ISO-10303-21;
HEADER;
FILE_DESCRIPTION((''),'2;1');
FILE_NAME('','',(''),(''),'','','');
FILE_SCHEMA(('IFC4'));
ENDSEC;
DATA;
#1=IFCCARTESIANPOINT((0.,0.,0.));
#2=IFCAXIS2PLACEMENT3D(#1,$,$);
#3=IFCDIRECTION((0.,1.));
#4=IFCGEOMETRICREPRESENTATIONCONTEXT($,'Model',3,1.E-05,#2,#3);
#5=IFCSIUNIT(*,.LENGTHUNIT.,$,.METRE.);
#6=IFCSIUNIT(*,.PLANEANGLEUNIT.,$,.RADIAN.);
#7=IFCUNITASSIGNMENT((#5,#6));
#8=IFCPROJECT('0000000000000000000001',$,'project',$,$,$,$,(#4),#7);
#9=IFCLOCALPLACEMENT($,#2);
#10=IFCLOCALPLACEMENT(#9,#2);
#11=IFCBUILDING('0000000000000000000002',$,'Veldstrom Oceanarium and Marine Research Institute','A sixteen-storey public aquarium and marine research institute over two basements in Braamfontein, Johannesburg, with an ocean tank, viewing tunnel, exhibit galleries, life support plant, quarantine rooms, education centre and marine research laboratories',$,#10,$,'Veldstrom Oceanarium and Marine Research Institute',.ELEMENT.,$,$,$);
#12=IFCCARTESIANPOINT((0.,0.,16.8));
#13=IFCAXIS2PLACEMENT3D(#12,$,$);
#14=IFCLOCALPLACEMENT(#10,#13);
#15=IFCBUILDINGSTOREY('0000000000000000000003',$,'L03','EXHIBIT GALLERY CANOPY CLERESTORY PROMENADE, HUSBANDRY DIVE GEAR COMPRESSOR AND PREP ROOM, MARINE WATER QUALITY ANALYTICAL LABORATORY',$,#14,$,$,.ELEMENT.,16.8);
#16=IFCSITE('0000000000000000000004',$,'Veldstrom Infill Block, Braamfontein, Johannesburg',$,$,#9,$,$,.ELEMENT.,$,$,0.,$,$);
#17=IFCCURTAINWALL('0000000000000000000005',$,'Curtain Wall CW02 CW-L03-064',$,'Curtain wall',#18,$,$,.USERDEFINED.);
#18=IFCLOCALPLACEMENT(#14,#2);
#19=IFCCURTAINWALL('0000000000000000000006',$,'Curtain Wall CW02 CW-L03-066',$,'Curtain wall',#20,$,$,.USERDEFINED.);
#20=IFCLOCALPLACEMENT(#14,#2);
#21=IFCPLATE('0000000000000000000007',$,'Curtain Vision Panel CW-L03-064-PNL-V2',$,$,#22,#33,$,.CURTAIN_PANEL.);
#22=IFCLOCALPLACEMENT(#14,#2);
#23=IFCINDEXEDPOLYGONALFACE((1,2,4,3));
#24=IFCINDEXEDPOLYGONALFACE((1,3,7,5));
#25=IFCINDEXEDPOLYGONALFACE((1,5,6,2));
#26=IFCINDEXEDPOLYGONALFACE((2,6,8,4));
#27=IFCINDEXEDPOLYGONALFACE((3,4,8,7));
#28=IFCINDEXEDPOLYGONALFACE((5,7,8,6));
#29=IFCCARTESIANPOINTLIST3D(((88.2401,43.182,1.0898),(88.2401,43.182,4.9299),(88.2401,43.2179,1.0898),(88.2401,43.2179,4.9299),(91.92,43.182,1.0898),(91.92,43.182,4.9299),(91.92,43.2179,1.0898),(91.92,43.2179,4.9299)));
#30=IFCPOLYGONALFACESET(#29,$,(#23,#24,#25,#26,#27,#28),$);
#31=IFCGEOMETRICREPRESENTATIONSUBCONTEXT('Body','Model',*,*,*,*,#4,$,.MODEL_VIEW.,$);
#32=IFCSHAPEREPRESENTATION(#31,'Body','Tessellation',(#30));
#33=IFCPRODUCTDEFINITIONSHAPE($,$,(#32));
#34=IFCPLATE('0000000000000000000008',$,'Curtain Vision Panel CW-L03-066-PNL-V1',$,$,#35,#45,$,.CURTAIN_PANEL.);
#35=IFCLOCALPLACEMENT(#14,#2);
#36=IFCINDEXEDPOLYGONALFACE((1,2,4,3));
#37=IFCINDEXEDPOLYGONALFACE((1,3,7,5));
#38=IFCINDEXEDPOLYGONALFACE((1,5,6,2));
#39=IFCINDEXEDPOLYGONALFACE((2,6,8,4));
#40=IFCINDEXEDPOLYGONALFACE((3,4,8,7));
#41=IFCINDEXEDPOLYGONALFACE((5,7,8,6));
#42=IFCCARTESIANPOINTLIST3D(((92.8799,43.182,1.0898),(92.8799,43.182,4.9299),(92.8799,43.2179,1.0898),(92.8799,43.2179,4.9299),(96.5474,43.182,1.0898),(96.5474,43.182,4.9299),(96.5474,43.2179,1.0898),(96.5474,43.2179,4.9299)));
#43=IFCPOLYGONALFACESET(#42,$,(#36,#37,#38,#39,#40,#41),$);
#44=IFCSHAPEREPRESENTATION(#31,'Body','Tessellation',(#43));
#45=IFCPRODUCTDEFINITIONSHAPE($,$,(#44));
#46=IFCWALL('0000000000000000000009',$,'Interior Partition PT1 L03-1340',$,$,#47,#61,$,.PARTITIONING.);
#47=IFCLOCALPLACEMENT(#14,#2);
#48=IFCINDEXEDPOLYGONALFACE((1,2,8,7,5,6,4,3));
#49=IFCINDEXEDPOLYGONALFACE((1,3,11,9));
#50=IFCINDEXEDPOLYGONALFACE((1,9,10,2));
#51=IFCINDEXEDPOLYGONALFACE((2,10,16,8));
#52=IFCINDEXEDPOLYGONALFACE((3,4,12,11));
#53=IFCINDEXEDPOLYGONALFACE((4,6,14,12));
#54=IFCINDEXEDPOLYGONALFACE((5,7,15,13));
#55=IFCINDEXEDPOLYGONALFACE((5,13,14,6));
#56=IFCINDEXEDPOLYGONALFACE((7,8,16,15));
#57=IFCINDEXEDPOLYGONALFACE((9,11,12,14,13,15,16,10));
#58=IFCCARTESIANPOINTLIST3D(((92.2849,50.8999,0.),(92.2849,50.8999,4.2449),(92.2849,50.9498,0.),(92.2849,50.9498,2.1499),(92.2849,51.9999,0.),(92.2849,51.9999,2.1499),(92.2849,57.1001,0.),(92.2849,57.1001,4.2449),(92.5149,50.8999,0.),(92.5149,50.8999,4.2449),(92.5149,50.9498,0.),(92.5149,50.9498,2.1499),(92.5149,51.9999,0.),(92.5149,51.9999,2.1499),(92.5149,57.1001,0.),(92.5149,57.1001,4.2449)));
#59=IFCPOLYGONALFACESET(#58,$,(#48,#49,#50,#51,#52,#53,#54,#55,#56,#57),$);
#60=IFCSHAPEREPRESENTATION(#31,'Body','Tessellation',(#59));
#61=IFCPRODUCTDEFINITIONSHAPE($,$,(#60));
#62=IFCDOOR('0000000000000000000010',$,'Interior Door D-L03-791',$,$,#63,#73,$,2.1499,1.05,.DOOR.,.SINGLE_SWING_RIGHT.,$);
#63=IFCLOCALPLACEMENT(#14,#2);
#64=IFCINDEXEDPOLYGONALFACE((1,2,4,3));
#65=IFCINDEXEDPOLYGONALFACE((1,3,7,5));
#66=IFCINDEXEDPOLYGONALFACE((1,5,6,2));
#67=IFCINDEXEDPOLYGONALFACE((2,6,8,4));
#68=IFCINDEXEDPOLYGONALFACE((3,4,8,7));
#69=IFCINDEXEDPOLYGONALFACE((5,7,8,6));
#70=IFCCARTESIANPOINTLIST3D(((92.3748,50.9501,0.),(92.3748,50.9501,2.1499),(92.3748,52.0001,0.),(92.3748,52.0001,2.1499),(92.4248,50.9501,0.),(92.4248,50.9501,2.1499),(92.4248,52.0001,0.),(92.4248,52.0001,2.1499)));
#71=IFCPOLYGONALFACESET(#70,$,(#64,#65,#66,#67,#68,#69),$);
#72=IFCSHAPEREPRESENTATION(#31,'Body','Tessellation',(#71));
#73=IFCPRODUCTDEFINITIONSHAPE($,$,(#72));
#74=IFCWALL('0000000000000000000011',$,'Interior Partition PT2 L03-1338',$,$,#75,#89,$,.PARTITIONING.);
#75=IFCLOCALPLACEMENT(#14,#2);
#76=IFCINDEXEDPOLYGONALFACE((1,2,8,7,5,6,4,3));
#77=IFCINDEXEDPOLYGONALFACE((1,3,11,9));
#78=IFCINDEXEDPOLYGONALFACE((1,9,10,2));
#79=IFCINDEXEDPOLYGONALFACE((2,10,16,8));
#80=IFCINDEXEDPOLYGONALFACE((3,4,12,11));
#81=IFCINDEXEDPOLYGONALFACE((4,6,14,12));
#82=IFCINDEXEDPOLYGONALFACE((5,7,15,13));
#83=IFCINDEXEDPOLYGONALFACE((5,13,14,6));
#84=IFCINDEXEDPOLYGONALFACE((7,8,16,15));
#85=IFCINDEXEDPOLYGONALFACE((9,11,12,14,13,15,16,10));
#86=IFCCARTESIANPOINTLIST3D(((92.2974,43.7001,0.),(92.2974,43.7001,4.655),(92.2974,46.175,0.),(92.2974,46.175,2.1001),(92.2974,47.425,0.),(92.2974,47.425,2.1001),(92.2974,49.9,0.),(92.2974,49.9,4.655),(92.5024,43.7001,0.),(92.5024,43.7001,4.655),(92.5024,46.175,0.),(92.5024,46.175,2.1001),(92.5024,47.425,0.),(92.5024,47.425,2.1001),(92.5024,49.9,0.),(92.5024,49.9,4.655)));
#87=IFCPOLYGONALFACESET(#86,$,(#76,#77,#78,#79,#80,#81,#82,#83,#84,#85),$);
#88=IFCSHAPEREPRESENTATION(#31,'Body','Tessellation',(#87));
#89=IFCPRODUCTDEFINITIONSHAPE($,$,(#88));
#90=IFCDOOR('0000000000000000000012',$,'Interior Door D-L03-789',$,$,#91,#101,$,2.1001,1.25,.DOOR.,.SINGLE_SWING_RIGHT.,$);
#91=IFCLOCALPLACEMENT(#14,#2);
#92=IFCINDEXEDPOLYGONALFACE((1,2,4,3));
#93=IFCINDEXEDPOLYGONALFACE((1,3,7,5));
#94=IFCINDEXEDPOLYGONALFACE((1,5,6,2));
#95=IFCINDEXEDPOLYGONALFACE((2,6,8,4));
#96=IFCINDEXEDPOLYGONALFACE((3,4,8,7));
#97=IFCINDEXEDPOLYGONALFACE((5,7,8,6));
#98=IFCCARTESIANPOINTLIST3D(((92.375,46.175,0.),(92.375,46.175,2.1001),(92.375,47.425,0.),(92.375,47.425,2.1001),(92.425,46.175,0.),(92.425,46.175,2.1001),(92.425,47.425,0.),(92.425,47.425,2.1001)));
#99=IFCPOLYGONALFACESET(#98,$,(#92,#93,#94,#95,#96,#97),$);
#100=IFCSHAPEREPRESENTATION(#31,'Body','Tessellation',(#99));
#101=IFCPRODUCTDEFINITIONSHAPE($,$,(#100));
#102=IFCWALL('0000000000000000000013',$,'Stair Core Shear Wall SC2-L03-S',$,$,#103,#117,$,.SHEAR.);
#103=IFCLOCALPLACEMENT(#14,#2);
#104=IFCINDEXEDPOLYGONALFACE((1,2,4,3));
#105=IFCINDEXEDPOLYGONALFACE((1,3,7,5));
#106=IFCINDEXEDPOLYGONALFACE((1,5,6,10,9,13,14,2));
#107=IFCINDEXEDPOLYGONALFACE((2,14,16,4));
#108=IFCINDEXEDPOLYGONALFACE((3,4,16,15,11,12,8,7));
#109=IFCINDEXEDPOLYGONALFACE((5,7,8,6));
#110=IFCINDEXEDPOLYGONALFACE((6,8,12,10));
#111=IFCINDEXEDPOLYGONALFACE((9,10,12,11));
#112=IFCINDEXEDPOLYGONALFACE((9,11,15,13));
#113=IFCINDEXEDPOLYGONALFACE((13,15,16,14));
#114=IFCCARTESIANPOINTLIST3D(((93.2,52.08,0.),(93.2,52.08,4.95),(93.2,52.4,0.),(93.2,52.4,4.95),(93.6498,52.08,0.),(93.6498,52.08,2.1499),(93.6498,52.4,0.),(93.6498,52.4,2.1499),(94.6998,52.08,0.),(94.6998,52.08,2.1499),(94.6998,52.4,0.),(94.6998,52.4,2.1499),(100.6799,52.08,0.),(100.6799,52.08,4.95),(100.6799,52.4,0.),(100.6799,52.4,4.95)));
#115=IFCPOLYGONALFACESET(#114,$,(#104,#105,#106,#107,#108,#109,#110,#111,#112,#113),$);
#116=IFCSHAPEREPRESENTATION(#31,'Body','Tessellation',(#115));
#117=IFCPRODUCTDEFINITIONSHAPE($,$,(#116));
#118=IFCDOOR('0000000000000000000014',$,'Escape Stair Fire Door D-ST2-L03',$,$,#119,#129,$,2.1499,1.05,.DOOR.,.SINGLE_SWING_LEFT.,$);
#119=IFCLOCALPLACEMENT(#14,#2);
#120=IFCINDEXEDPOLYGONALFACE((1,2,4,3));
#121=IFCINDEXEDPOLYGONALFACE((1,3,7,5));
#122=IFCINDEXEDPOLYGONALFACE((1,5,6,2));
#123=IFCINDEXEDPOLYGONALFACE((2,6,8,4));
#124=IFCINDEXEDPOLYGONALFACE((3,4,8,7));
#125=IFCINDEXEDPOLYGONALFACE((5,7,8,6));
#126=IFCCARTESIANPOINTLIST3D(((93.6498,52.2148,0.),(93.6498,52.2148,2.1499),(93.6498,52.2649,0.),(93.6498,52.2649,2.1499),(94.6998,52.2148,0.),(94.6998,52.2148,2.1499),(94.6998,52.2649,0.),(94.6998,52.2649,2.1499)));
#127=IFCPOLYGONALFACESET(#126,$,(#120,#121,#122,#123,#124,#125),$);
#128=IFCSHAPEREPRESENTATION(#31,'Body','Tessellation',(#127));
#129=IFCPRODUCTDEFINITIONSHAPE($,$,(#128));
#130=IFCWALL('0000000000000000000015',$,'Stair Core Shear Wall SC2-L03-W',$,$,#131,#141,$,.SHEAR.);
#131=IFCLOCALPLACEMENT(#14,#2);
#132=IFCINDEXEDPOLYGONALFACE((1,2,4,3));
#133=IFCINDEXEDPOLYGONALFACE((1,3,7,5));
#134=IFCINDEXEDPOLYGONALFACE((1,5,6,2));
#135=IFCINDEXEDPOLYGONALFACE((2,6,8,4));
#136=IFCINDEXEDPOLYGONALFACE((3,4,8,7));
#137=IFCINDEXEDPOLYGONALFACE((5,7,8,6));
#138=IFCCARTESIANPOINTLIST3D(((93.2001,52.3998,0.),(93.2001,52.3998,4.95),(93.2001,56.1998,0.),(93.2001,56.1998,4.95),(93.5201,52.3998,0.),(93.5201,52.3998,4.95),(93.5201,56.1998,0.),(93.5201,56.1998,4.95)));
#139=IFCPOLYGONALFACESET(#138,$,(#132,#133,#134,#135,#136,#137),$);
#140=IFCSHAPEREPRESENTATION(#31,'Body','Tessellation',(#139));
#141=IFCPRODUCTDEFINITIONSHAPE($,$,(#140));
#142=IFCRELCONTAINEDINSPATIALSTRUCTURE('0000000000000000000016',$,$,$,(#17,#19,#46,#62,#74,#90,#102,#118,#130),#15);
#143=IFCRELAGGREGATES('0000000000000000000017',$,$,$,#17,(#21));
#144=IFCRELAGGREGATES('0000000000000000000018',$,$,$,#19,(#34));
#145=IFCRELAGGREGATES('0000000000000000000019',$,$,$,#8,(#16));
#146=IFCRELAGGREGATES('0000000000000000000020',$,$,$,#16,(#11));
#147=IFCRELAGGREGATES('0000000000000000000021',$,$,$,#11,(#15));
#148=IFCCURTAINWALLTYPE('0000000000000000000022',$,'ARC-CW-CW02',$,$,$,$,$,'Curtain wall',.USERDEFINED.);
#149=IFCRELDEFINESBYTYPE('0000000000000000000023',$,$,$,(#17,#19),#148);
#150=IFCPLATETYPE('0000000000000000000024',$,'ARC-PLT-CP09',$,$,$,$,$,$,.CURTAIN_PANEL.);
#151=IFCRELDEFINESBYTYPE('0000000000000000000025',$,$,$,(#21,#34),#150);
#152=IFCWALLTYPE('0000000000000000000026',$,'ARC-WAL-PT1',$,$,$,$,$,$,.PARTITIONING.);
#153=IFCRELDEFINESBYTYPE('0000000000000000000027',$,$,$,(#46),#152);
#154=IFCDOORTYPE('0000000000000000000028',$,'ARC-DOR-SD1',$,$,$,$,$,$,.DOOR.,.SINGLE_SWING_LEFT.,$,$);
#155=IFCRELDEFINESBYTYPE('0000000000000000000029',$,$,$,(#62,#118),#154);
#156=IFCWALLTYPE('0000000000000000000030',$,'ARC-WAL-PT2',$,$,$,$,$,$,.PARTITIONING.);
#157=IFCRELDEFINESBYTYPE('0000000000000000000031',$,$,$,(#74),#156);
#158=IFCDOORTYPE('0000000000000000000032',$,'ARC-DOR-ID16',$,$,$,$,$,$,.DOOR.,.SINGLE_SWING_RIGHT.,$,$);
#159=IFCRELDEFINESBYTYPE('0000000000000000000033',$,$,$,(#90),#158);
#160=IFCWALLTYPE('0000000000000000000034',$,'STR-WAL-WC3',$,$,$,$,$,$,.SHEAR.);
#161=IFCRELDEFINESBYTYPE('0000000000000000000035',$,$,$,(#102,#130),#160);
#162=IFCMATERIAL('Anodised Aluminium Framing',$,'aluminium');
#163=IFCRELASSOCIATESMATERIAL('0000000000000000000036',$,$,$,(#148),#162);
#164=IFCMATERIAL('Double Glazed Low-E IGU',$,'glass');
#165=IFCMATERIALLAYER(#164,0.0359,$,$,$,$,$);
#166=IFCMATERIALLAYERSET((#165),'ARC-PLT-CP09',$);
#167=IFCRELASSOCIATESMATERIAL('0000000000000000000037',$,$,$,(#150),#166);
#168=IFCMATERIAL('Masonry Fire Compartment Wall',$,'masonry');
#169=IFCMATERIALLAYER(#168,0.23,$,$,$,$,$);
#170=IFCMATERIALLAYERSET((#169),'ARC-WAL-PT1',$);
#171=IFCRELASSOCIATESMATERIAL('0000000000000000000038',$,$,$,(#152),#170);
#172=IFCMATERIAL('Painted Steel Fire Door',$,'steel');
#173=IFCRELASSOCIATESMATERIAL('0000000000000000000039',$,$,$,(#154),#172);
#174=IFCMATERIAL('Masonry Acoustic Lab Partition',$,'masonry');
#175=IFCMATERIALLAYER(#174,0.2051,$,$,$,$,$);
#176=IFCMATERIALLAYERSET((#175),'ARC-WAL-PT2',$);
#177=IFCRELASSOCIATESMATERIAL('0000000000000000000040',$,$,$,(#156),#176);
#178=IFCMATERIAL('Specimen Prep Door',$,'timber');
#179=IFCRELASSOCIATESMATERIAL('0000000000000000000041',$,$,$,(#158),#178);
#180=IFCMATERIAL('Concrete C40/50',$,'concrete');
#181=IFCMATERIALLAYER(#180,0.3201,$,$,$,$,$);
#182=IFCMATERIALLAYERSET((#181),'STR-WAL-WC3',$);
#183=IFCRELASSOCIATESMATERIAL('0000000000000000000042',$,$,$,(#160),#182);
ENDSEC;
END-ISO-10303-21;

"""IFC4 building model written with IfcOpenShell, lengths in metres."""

from ifc_helpers import new_model, si_unit, direction, frame, frame_2d, origin, origin_2d, place, context, subcontext, project, spatial, rectangle, extrude, material, layer, layer_set, type_object, element, fill, aggregate, save


model = new_model("IFC4")

# Units and contexts
model_context = context("Model", 3, precision=1e-05, world=origin(), true_north=direction((0.0, 1.0)))
body_context = subcontext(model_context, "Body", "Model", "MODEL_VIEW")
ifc_project = project(units=[si_unit("LENGTHUNIT", "METRE"), si_unit("PLANEANGLEUNIT", "RADIAN")], contexts=[model_context])

# Site, building, storey
site_placement = place(None, origin())
site = spatial("IfcSite", under=ifc_project, at=site_placement, Name="Veldstrom Infill Block, Braamfontein, Johannesburg", CompositionType="ELEMENT", RefElevation=0.0)
building_placement = place(site_placement, origin())
building = spatial("IfcBuilding", under=site, at=building_placement, Name="Veldstrom Oceanarium and Marine Research Institute", Description="A sixteen-storey public aquarium and marine research institute over two basements in Braamfontein, Johannesburg, with an ocean tank, viewing tunnel, exhibit galleries, life support plant, quarantine rooms, education centre and marine research laboratories", LongName="Veldstrom Oceanarium and Marine Research Institute", CompositionType="ELEMENT")
storey_placement = place(building_placement, frame((0.0, 0.0, 16.8)))
storey = spatial("IfcBuildingStorey", under=building, at=storey_placement, Name="L03", Description="EXHIBIT GALLERY CANOPY CLERESTORY PROMENADE, HUSBANDRY DIVE GEAR COMPRESSOR AND PREP ROOM, MARINE WATER QUALITY ANALYTICAL LABORATORY", CompositionType="ELEMENT", Elevation=16.8)

# Curtain wall
ifc_material_1 = material(Name="Anodised Aluminium Framing", Category="aluminium")
curtain_wall_type = type_object("IfcCurtainWallType", Name="ARC-CW-CW02", ElementType="Curtain wall", PredefinedType="USERDEFINED", material=ifc_material_1)
curtain_wall_1_placement = place(storey_placement, origin())
curtain_wall_1 = element("IfcCurtainWall", 1, at=curtain_wall_1_placement, inside=storey, type_object=curtain_wall_type, Name="Curtain Wall CW02 CW-L03-064", ObjectType="Curtain wall", PredefinedType="USERDEFINED")

# Curtain wall
curtain_wall_2_placement = place(storey_placement, origin())
curtain_wall_2 = element("IfcCurtainWall", 2, at=curtain_wall_2_placement, inside=storey, type_object=curtain_wall_type, Name="Curtain Wall CW02 CW-L03-066", ObjectType="Curtain wall", PredefinedType="USERDEFINED")

# Plates
ifc_material_2 = material(Name="Double Glazed Low-E IGU", Category="glass")
ifc_layer_1 = layer(ifc_material_2, 0.0359)
ifc_layer_set_1 = layer_set([ifc_layer_1], Name="ARC-PLT-CP09")
plate_type_1 = type_object("IfcPlateType", Name="ARC-PLT-CP09", PredefinedType="CURTAIN_PANEL", material=ifc_layer_set_1)
plate_1_placement = place(storey_placement, frame((90.0801, 43.2, 1.0898), z_axis=(0.0, 0.0, 1.0), x_axis=(1.0, 0.0, 0.0)))
plate_1 = element("IfcPlate", 3, at=plate_1_placement, type_object=plate_type_1, Name="Curtain Vision Panel CW-L03-064-PNL-V2", PredefinedType="CURTAIN_PANEL", context=body_context, shape_type="SweptSolid", body=[
    extrude(rectangle(XDim=3.6799, YDim=0.0359, at=origin_2d()), origin(), (0.0, 0.0, 1.0), 3.8401),
])
aggregate(curtain_wall_1, [plate_1])
plate_2_placement = place(storey_placement, frame((94.7136, 43.2, 1.0898), z_axis=(0.0, 0.0, 1.0), x_axis=(1.0, 0.0, 0.0)))
plate_2 = element("IfcPlate", 4, at=plate_2_placement, type_object=plate_type_1, Name="Curtain Vision Panel CW-L03-066-PNL-V1", PredefinedType="CURTAIN_PANEL", context=body_context, shape_type="SweptSolid", body=[
    extrude(rectangle(XDim=3.6675, YDim=0.0359, at=origin_2d()), origin(), (0.0, 0.0, 1.0), 3.8401),
])
aggregate(curtain_wall_2, [plate_2])

# Walls, openings, doors
ifc_material_3 = material(Name="Masonry Fire Compartment Wall", Category="masonry")
ifc_layer_2 = layer(ifc_material_3, 0.23)
ifc_layer_set_2 = layer_set([ifc_layer_2], Name="ARC-WAL-PT1")
wall_type_1 = type_object("IfcWallType", Name="ARC-WAL-PT1", PredefinedType="PARTITIONING", material=ifc_layer_set_2)
wall_1_placement = place(storey_placement, frame((92.3999, 50.8999, 0.0), z_axis=(0.0, 0.0, 1.0), x_axis=(0.0, 1.0, 0.0)))
wall_1 = element("IfcWall", 5, at=wall_1_placement, inside=storey, type_object=wall_type_1, Name="Interior Partition PT1 L03-1340", PredefinedType="PARTITIONING", context=body_context, shape_type="SweptSolid", body=[
    extrude(rectangle(XDim=6.2002, YDim=0.23, at=frame_2d((3.1001, 0.0))), origin(), (0.0, 0.0, 1.0), 4.2449),
])
opening_1_placement = place(wall_1_placement, frame((0.05, 0.0, 0.0)))
opening_1 = element("IfcOpeningElement", 6, at=opening_1_placement, cuts=wall_1, PredefinedType="OPENING", context=body_context, shape_type="SweptSolid", body=[
    extrude(rectangle(XDim=1.05, YDim=2.1499, at=frame_2d((0.5249, 1.075))), frame((0.0, 0.125, 0.0), z_axis=(0.0, -1.0, 0.0), x_axis=(1.0, 0.0, 0.0)), (0.0, 0.0, 1.0), 0.25),
])
ifc_material_4 = material(Name="Painted Steel Fire Door", Category="steel")
door_type_1 = type_object("IfcDoorType", Name="ARC-DOR-SD1", OperationType="SINGLE_SWING_LEFT", PredefinedType="DOOR", material=ifc_material_4)
door_1_placement = place(opening_1_placement, frame((1.05, 0.0, 0.0), z_axis=(0.0, 0.0, 1.0), x_axis=(-1.0, 0.0, 0.0)))
door_1 = element("IfcDoor", 7, at=door_1_placement, inside=storey, type_object=door_type_1, Name="Interior Door D-L03-791", OperationType="SINGLE_SWING_RIGHT", OverallHeight=2.1499, OverallWidth=1.05, PredefinedType="DOOR", context=body_context, shape_type="SweptSolid", body=[
    extrude(rectangle(XDim=1.05, YDim=2.1499, at=frame_2d((0.5249, 1.075))), frame((0.0, 0.0249, 0.0), z_axis=(0.0, -1.0, 0.0), x_axis=(1.0, 0.0, 0.0)), (0.0, 0.0, 1.0), 0.05),
])
fill(opening_1, door_1)
ifc_material_5 = material(Name="Masonry Acoustic Lab Partition", Category="masonry")
ifc_layer_3 = layer(ifc_material_5, 0.2051)
ifc_layer_set_3 = layer_set([ifc_layer_3], Name="ARC-WAL-PT2")
wall_type_2 = type_object("IfcWallType", Name="ARC-WAL-PT2", PredefinedType="PARTITIONING", material=ifc_layer_set_3)
wall_2_placement = place(storey_placement, frame((92.3999, 43.7, 0.0), z_axis=(0.0, 0.0, 1.0), x_axis=(0.0, 1.0, 0.0)))
wall_2 = element("IfcWall", 8, at=wall_2_placement, inside=storey, type_object=wall_type_2, Name="Interior Partition PT2 L03-1338", PredefinedType="PARTITIONING", context=body_context, shape_type="SweptSolid", body=[
    extrude(rectangle(XDim=6.2, YDim=0.2051, at=frame_2d((3.1001, 0.0))), origin(), (0.0, 0.0, 1.0), 4.655),
])
opening_2_placement = place(wall_2_placement, frame((2.4751, 0.0, 0.0)))
opening_2 = element("IfcOpeningElement", 9, at=opening_2_placement, cuts=wall_2, PredefinedType="OPENING", context=body_context, shape_type="SweptSolid", body=[
    extrude(rectangle(XDim=1.25, YDim=2.1001, at=frame_2d((0.625, 1.05))), frame((0.0, 0.1125, 0.0), z_axis=(0.0, -1.0, 0.0), x_axis=(1.0, 0.0, 0.0)), (0.0, 0.0, 1.0), 0.2251),
])
ifc_material_6 = material(Name="Specimen Prep Door", Category="timber")
door_type_2 = type_object("IfcDoorType", Name="ARC-DOR-ID16", OperationType="SINGLE_SWING_RIGHT", PredefinedType="DOOR", material=ifc_material_6)
door_2_placement = place(opening_2_placement, origin())
door_2 = element("IfcDoor", 10, at=door_2_placement, inside=storey, type_object=door_type_2, Name="Interior Door D-L03-789", OperationType="SINGLE_SWING_RIGHT", OverallHeight=2.1001, OverallWidth=1.25, PredefinedType="DOOR", context=body_context, shape_type="SweptSolid", body=[
    extrude(rectangle(XDim=1.25, YDim=2.1001, at=frame_2d((0.625, 1.05))), frame((0.0, 0.0249, 0.0), z_axis=(0.0, -1.0, 0.0), x_axis=(1.0, 0.0, 0.0)), (0.0, 0.0, 1.0), 0.05),
])
fill(opening_2, door_2)
ifc_material_7 = material(Name="Concrete C40/50", Category="concrete")
ifc_layer_4 = layer(ifc_material_7, 0.3201)
ifc_layer_set_4 = layer_set([ifc_layer_4], Name="STR-WAL-WC3")
wall_type_3 = type_object("IfcWallType", Name="STR-WAL-WC3", PredefinedType="SHEAR", material=ifc_layer_set_4)
wall_3_placement = place(storey_placement, frame((93.2, 52.24, 0.0), z_axis=(0.0, 0.0, 1.0), x_axis=(1.0, 0.0, 0.0)))
wall_3 = element("IfcWall", 11, at=wall_3_placement, inside=storey, type_object=wall_type_3, Name="Stair Core Shear Wall SC2-L03-S", PredefinedType="SHEAR", context=body_context, shape_type="SweptSolid", body=[
    extrude(rectangle(XDim=7.48, YDim=0.3201, at=frame_2d((3.74, 0.0))), origin(), (0.0, 0.0, 1.0), 4.95),
])
opening_3_placement = place(wall_3_placement, frame((0.45, 0.0, 0.0)))
opening_3 = element("IfcOpeningElement", 12, at=opening_3_placement, cuts=wall_3, PredefinedType="OPENING", context=body_context, shape_type="SweptSolid", body=[
    extrude(rectangle(XDim=1.05, YDim=2.1499, at=frame_2d((0.5249, 1.075))), frame((0.0, 0.1699, 0.0), z_axis=(0.0, -1.0, 0.0), x_axis=(1.0, 0.0, 0.0)), (0.0, 0.0, 1.0), 0.3401),
])
door_3_placement = place(opening_3_placement, origin())
door_3 = element("IfcDoor", 13, at=door_3_placement, inside=storey, type_object=door_type_1, Name="Escape Stair Fire Door D-ST2-L03", OperationType="SINGLE_SWING_LEFT", OverallHeight=2.1499, OverallWidth=1.05, PredefinedType="DOOR", context=body_context, shape_type="SweptSolid", body=[
    extrude(rectangle(XDim=1.05, YDim=2.1499, at=frame_2d((0.5249, 1.075))), frame((0.0, 0.0249, 0.0), z_axis=(0.0, -1.0, 0.0), x_axis=(1.0, 0.0, 0.0)), (0.0, 0.0, 1.0), 0.05),
])
fill(opening_3, door_3)

# Wall
wall_4_placement = place(storey_placement, frame((93.3601, 52.3999, 0.0), z_axis=(0.0, 0.0, 1.0), x_axis=(0.0, 1.0, 0.0)))
element("IfcWall", 14, at=wall_4_placement, inside=storey, type_object=wall_type_3, Name="Stair Core Shear Wall SC2-L03-W", PredefinedType="SHEAR", context=body_context, shape_type="SweptSolid", body=[
    extrude(rectangle(XDim=3.8, YDim=0.3201, at=frame_2d((1.8999, 0.0))), origin(), (0.0, 0.0, 1.0), 4.95),
])

save(model, "model.ifc")
